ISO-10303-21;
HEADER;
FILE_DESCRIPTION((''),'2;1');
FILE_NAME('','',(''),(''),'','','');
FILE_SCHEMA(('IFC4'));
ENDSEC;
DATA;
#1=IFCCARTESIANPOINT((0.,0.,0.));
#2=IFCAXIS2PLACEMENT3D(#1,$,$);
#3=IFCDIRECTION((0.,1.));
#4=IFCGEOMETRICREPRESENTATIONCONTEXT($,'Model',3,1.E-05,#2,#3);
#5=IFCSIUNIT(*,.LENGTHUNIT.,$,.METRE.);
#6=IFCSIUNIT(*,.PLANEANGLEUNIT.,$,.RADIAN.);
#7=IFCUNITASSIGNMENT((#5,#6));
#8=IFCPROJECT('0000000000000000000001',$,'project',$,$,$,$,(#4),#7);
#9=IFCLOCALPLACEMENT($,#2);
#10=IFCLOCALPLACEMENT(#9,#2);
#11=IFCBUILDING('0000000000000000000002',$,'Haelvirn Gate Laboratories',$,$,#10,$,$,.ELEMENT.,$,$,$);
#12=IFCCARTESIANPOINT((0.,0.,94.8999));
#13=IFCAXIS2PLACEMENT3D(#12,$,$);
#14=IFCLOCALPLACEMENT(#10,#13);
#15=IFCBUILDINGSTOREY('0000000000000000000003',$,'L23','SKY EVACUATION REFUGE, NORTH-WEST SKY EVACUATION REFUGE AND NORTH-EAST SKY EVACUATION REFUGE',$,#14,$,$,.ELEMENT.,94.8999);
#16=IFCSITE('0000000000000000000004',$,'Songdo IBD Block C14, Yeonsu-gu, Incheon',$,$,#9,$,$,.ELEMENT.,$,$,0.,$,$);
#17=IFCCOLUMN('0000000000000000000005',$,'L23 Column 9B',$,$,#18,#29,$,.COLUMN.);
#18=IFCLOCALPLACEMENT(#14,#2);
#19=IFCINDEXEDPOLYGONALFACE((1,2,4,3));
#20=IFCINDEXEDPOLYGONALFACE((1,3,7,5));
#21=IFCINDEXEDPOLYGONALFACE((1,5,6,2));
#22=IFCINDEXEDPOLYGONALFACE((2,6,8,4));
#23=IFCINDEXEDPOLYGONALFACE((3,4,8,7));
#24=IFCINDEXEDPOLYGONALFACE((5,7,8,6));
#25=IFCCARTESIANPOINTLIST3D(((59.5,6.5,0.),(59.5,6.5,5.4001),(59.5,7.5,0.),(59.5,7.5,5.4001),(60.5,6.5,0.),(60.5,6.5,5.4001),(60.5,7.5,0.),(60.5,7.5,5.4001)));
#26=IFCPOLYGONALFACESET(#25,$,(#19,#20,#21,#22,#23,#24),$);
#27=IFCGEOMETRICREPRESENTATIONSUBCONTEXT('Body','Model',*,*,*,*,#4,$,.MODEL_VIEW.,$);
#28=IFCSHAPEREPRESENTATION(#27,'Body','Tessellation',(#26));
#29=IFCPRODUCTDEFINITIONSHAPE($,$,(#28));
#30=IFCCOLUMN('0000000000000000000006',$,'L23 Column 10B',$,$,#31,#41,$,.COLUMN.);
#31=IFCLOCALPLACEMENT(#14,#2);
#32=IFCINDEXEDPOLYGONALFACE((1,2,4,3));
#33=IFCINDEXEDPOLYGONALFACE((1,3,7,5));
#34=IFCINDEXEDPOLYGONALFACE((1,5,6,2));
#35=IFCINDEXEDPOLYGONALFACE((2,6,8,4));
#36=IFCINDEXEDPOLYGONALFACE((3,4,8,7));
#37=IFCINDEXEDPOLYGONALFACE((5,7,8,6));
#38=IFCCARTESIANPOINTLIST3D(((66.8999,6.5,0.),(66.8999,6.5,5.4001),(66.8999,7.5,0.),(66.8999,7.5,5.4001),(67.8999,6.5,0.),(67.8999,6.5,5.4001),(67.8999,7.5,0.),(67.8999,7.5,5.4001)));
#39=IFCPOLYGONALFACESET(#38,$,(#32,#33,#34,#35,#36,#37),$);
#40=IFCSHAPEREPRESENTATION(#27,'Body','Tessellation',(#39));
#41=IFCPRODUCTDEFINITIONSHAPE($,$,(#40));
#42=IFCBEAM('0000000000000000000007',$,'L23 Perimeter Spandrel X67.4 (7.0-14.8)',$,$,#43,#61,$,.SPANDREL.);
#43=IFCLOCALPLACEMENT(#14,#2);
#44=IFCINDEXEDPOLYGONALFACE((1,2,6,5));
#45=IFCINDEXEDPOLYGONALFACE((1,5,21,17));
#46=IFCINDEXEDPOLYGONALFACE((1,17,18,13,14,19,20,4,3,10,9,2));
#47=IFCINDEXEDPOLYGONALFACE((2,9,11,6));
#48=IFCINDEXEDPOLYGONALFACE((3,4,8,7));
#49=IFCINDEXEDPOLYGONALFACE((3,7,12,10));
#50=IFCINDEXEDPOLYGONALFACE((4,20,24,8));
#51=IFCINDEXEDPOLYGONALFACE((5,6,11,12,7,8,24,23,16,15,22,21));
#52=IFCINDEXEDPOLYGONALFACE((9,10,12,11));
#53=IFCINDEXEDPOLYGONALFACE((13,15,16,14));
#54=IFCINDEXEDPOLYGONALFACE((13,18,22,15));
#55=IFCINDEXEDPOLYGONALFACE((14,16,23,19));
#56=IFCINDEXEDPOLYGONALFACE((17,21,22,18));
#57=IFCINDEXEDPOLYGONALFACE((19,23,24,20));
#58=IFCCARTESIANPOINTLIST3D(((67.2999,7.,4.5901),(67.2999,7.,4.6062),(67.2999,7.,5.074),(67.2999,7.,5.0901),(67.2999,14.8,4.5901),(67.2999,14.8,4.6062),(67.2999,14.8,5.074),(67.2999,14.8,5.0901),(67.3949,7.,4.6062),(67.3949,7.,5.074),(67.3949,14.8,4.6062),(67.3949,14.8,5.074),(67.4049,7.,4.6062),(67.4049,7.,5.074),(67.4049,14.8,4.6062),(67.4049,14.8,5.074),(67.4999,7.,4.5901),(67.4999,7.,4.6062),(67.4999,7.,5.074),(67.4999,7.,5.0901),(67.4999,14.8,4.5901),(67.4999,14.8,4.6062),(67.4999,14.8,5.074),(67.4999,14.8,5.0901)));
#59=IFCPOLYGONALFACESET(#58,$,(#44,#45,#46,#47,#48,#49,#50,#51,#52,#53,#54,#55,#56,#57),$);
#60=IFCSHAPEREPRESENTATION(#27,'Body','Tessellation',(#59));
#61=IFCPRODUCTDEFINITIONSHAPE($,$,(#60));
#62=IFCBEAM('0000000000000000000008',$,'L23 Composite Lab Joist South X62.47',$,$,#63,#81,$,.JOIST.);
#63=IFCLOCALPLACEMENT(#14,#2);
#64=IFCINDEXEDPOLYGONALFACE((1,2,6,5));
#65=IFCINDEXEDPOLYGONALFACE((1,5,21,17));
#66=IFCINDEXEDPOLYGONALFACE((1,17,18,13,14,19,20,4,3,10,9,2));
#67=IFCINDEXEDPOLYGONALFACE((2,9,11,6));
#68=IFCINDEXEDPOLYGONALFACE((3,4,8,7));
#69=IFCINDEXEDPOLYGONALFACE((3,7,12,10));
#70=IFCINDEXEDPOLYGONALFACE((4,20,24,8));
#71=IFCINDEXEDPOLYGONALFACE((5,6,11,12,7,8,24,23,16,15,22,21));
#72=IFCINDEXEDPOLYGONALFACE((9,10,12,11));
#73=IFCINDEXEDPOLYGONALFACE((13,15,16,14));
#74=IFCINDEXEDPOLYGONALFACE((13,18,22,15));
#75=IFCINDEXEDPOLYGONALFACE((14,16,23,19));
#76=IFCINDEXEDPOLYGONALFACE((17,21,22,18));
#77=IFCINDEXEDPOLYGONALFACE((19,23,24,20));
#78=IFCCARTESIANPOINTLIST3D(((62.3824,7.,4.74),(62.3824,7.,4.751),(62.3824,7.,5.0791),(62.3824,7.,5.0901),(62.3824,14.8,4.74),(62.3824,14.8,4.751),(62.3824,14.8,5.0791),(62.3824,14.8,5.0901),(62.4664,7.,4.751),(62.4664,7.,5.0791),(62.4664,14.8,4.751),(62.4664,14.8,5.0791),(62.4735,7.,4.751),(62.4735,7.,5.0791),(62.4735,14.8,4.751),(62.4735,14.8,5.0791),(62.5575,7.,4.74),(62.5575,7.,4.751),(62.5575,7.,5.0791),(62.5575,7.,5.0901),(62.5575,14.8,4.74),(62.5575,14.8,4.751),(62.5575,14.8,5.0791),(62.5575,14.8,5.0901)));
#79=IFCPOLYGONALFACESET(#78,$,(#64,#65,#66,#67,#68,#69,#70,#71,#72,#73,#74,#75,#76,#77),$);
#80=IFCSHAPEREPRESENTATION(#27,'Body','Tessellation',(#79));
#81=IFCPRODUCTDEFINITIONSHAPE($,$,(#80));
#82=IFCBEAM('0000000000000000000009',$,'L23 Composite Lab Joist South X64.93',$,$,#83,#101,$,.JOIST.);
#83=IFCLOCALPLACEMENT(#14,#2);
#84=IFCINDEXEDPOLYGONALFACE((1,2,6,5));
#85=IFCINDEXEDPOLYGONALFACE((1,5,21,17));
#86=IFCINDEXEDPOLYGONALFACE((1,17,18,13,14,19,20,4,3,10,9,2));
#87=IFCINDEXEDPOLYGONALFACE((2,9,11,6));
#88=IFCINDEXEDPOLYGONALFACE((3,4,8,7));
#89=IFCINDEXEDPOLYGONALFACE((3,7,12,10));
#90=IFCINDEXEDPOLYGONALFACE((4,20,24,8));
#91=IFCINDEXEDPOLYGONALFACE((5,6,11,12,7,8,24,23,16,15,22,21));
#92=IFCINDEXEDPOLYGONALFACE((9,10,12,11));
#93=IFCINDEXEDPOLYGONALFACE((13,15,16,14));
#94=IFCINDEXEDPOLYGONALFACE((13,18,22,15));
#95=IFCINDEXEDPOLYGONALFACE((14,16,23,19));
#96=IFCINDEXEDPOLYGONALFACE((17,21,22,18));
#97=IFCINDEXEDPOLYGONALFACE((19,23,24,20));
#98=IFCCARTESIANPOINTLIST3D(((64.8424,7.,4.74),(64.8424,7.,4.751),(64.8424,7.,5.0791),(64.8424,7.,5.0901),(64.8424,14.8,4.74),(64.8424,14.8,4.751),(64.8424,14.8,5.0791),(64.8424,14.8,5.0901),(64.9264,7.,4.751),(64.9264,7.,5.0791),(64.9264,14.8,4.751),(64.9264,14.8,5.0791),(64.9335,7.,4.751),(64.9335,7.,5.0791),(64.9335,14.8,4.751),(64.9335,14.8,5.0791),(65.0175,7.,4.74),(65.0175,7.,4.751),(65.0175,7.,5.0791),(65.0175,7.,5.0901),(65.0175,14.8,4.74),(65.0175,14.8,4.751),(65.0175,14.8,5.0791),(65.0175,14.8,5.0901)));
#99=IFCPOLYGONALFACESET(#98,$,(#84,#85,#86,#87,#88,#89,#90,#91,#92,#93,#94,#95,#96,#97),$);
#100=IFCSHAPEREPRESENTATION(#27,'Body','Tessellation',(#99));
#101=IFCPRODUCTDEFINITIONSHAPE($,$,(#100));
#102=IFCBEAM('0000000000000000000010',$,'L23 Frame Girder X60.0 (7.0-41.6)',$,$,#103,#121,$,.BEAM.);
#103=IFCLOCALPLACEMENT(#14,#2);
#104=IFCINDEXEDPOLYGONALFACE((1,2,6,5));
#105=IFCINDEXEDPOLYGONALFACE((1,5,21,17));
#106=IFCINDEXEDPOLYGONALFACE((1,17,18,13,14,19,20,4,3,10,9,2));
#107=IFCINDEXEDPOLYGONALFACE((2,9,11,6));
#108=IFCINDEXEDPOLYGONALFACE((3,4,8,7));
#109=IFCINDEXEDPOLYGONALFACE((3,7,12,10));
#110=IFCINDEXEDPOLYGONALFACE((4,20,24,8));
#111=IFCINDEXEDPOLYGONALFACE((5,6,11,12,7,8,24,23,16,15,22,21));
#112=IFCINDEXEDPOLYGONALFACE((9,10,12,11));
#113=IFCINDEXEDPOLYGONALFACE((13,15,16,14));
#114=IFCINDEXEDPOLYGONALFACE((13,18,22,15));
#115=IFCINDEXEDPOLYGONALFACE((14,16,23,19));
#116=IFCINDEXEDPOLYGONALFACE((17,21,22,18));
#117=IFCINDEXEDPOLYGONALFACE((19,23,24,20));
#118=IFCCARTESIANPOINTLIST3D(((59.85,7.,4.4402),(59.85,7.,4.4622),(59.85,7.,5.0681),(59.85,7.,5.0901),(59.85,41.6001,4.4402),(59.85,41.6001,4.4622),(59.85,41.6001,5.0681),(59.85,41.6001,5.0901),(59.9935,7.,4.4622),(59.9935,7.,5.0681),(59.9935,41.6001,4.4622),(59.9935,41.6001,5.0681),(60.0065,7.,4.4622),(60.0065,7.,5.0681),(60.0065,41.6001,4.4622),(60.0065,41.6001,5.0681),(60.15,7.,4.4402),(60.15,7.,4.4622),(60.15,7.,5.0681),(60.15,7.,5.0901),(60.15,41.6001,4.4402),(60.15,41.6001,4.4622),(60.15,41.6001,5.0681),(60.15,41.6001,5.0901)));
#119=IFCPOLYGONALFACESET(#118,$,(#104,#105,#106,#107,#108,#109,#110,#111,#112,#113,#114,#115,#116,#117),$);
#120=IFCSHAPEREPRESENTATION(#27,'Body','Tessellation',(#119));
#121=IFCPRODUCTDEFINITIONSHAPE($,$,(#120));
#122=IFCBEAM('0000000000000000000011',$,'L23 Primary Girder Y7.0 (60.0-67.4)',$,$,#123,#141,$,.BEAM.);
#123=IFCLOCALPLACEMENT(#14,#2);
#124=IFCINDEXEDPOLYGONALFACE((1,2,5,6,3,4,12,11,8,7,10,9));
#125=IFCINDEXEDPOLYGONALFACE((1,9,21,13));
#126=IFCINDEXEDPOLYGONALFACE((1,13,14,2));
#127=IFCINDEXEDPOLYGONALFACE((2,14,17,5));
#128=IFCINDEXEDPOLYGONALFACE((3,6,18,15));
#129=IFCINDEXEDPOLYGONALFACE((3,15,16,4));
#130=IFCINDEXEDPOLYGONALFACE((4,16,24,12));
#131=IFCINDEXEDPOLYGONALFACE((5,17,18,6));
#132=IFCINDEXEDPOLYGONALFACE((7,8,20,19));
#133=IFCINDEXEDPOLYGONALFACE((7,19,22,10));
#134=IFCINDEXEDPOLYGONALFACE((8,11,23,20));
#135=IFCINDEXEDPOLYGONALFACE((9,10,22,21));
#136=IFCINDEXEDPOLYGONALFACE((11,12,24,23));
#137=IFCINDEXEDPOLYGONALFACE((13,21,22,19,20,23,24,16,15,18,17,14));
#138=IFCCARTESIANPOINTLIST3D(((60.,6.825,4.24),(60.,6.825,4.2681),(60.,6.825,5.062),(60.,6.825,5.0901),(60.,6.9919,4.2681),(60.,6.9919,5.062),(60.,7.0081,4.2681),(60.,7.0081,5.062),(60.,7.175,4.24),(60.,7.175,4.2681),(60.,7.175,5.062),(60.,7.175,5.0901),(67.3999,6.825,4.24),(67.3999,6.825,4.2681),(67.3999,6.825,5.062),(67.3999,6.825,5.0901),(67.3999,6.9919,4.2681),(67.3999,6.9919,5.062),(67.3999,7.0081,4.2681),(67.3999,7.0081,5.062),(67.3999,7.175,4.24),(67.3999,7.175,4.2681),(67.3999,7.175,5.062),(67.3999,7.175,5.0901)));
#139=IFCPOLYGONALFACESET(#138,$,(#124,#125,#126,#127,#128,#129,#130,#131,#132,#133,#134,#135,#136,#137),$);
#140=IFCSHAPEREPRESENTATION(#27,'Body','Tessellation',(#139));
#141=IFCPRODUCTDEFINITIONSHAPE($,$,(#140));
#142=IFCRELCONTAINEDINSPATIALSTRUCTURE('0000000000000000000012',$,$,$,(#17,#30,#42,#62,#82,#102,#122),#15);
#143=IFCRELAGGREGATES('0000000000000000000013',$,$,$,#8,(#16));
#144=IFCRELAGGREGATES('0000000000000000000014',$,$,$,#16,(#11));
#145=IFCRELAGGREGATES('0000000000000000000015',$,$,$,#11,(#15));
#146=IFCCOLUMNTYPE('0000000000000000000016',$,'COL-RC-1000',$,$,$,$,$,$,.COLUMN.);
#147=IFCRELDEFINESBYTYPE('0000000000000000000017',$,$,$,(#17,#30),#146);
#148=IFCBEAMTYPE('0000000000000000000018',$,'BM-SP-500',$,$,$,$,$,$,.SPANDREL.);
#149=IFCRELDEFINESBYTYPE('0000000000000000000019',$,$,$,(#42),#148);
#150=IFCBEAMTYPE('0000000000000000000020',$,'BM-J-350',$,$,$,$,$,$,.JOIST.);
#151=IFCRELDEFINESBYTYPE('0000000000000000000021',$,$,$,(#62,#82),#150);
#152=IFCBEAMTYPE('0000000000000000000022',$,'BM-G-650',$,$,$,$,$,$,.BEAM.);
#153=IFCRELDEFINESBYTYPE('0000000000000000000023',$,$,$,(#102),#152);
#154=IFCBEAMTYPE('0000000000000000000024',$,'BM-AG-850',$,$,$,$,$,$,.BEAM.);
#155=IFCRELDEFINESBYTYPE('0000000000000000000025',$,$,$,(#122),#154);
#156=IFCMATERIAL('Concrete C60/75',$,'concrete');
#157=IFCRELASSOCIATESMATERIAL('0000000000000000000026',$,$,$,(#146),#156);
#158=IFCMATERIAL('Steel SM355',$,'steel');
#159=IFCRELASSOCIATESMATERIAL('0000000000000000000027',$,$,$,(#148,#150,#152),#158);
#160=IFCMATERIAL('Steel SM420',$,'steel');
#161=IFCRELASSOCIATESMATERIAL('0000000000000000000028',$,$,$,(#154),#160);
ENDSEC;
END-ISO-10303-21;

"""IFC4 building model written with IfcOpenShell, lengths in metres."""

from ifc_helpers import new_model, si_unit, direction, frame, origin, origin_2d, place, context, subcontext, project, spatial, rectangle, i_section, extrude, source, transform, mapped, material, material_profile, profile_set, type_object, type_shapes, element, save


model = new_model("IFC4")

# Units and contexts
model_context = context("Model", 3, precision=1e-05, world=origin(), true_north=direction((0.0, 1.0)))
body_context = subcontext(model_context, "Body", "Model", "MODEL_VIEW")
ifc_project = project(units=[si_unit("LENGTHUNIT", "METRE"), si_unit("PLANEANGLEUNIT", "RADIAN")], contexts=[model_context])

# Site, building, storey
site_placement = place(None, origin())
site = spatial("IfcSite", under=ifc_project, at=site_placement, Name="Songdo IBD Block C14, Yeonsu-gu, Incheon", CompositionType="ELEMENT", RefElevation=0.0)
building_placement = place(site_placement, origin())
building = spatial("IfcBuilding", under=site, at=building_placement, Name="Haelvirn Gate Laboratories", CompositionType="ELEMENT")
storey_placement = place(building_placement, frame((0.0, 0.0, 94.8999)))
storey = spatial("IfcBuildingStorey", under=building, at=storey_placement, Name="L23", Description="SKY EVACUATION REFUGE, NORTH-WEST SKY EVACUATION REFUGE AND NORTH-EAST SKY EVACUATION REFUGE", CompositionType="ELEMENT", Elevation=94.8999)

# Columns
ifc_material_1 = material(Name="Concrete C60/75", Category="concrete")
ifc_material_profile_1 = material_profile(ifc_material_1, rectangle(XDim=1.0, YDim=1.0, at=origin_2d()), Name="RC-1000x1000")
ifc_profile_set_1 = profile_set([ifc_material_profile_1], Name="Concrete C60/75")
column_type = type_object("IfcColumnType", Name="COL-RC-1000", PredefinedType="COLUMN", material=ifc_profile_set_1)
shared_shape_1 = source(origin(), body_context, "Body", "SweptSolid", [
    extrude(rectangle(XDim=1.0, YDim=1.0, at=origin_2d()), origin(), (0.0, 0.0, 1.0), 5.4001),
])
type_shapes(column_type, [shared_shape_1])
for number, where, z_axis, x_axis, name in (
    (1, (60.0, 7.0, 0.0), (0.0, 0.0, 1.0), (1.0, 0.0, 0.0), "L23 Column 9B"),
    (2, (67.3999, 7.0, 0.0), (0.0, 0.0, 1.0), (1.0, 0.0, 0.0), "L23 Column 10B"),
):
    element("IfcColumn", number, at=place(storey_placement, frame(where, z_axis=z_axis, x_axis=x_axis)), inside=storey, type_object=column_type, Name=name, PredefinedType="COLUMN", context=body_context, shape_type="MappedRepresentation", body=[
        mapped(shared_shape_1, transform((0.0, 0.0, 0.0), scale=1.0)),
    ])

# Beams
ifc_material_2 = material(Name="Steel SM355", Category="steel")
ifc_material_profile_2 = material_profile(ifc_material_2, i_section(OverallWidth=0.2, OverallDepth=0.5, WebThickness=0.01, FlangeThickness=0.0161, at=origin_2d()), Name="H-500x200x10x16")
ifc_profile_set_2 = profile_set([ifc_material_profile_2], Name="Steel SM355")
beam_type_1 = type_object("IfcBeamType", Name="BM-SP-500", PredefinedType="SPANDREL", material=ifc_profile_set_2)
shared_shape_2 = source(origin(), body_context, "Body", "SweptSolid", [
    extrude(i_section(OverallWidth=0.2, OverallDepth=0.5, WebThickness=0.01, FlangeThickness=0.0161, at=origin_2d()), origin(), (0.0, 0.0, 1.0), 7.8),
])
type_shapes(beam_type_1, [shared_shape_2])
beam_1_placement = place(storey_placement, frame((67.3999, 7.0, 4.8401), z_axis=(0.0, 1.0, 0.0), x_axis=(-1.0, 0.0, 0.0)))
element("IfcBeam", 3, at=beam_1_placement, inside=storey, type_object=beam_type_1, Name="L23 Perimeter Spandrel X67.4 (7.0-14.8)", PredefinedType="SPANDREL", context=body_context, shape_type="MappedRepresentation", body=[
    mapped(shared_shape_2, transform((0.0, 0.0, 0.0), scale=1.0)),
])
ifc_material_profile_3 = material_profile(ifc_material_2, i_section(OverallWidth=0.175, OverallDepth=0.3501, WebThickness=0.0071, FlangeThickness=0.011, at=origin_2d()), Name="H-350x175x7x11")
ifc_profile_set_3 = profile_set([ifc_material_profile_3], Name="Steel SM355")
beam_type_2 = type_object("IfcBeamType", Name="BM-J-350", PredefinedType="JOIST", material=ifc_profile_set_3)
shared_shape_3 = source(origin(), body_context, "Body", "SweptSolid", [
    extrude(i_section(OverallWidth=0.175, OverallDepth=0.3501, WebThickness=0.0071, FlangeThickness=0.011, at=origin_2d()), origin(), (0.0, 0.0, 1.0), 7.8),
])
type_shapes(beam_type_2, [shared_shape_3])
for number, where, z_axis, x_axis, name in (
    (4, (62.47, 7.0, 4.915), (0.0, 1.0, 0.0), (-1.0, 0.0, 0.0), "L23 Composite Lab Joist South X62.47"),
    (5, (64.9299, 7.0, 4.915), (0.0, 1.0, 0.0), (-1.0, 0.0, 0.0), "L23 Composite Lab Joist South X64.93"),
):
    element("IfcBeam", number, at=place(storey_placement, frame(where, z_axis=z_axis, x_axis=x_axis)), inside=storey, type_object=beam_type_2, Name=name, PredefinedType="JOIST", context=body_context, shape_type="MappedRepresentation", body=[
        mapped(shared_shape_3, transform((0.0, 0.0, 0.0), scale=1.0)),
    ])
ifc_material_profile_4 = material_profile(ifc_material_2, i_section(OverallWidth=0.3, OverallDepth=0.6499, WebThickness=0.0129, FlangeThickness=0.022, at=origin_2d()), Name="H-650x300x13x22")
ifc_profile_set_4 = profile_set([ifc_material_profile_4], Name="Steel SM355")
beam_type_3 = type_object("IfcBeamType", Name="BM-G-650", PredefinedType="BEAM", material=ifc_profile_set_4)
shared_shape_4 = source(origin(), body_context, "Body", "SweptSolid", [
    extrude(i_section(OverallWidth=0.3, OverallDepth=0.6499, WebThickness=0.0129, FlangeThickness=0.022, at=origin_2d()), origin(), (0.0, 0.0, 1.0), 34.6001),
])
type_shapes(beam_type_3, [shared_shape_4])
beam_2_placement = place(storey_placement, frame((60.0, 7.0, 4.7651), z_axis=(0.0, 1.0, 0.0), x_axis=(-1.0, 0.0, 0.0)))
element("IfcBeam", 6, at=beam_2_placement, inside=storey, type_object=beam_type_3, Name="L23 Frame Girder X60.0 (7.0-41.6)", PredefinedType="BEAM", context=body_context, shape_type="MappedRepresentation", body=[
    mapped(shared_shape_4, transform((0.0, 0.0, 0.0), scale=1.0)),
])
ifc_material_3 = material(Name="Steel SM420", Category="steel")
ifc_material_profile_5 = material_profile(ifc_material_3, i_section(OverallWidth=0.3501, OverallDepth=0.8501, WebThickness=0.0161, FlangeThickness=0.0281, at=origin_2d()), Name="H-850x350x16x28")
ifc_profile_set_5 = profile_set([ifc_material_profile_5], Name="Steel SM420")
beam_type_4 = type_object("IfcBeamType", Name="BM-AG-850", PredefinedType="BEAM", material=ifc_profile_set_5)
shared_shape_5 = source(origin(), body_context, "Body", "SweptSolid", [
    extrude(i_section(OverallWidth=0.3501, OverallDepth=0.8501, WebThickness=0.0161, FlangeThickness=0.0281, at=origin_2d()), origin(), (0.0, 0.0, 1.0), 7.3999),
])
type_shapes(beam_type_4, [shared_shape_5])
beam_3_placement = place(storey_placement, frame((60.0, 7.0, 4.665), z_axis=(1.0, 0.0, 0.0), x_axis=(0.0, 1.0, 0.0)))
element("IfcBeam", 7, at=beam_3_placement, inside=storey, type_object=beam_type_4, Name="L23 Primary Girder Y7.0 (60.0-67.4)", PredefinedType="BEAM", context=body_context, shape_type="MappedRepresentation", body=[
    mapped(shared_shape_5, transform((0.0, 0.0, 0.0), scale=1.0)),
])

save(model, "model.ifc")
